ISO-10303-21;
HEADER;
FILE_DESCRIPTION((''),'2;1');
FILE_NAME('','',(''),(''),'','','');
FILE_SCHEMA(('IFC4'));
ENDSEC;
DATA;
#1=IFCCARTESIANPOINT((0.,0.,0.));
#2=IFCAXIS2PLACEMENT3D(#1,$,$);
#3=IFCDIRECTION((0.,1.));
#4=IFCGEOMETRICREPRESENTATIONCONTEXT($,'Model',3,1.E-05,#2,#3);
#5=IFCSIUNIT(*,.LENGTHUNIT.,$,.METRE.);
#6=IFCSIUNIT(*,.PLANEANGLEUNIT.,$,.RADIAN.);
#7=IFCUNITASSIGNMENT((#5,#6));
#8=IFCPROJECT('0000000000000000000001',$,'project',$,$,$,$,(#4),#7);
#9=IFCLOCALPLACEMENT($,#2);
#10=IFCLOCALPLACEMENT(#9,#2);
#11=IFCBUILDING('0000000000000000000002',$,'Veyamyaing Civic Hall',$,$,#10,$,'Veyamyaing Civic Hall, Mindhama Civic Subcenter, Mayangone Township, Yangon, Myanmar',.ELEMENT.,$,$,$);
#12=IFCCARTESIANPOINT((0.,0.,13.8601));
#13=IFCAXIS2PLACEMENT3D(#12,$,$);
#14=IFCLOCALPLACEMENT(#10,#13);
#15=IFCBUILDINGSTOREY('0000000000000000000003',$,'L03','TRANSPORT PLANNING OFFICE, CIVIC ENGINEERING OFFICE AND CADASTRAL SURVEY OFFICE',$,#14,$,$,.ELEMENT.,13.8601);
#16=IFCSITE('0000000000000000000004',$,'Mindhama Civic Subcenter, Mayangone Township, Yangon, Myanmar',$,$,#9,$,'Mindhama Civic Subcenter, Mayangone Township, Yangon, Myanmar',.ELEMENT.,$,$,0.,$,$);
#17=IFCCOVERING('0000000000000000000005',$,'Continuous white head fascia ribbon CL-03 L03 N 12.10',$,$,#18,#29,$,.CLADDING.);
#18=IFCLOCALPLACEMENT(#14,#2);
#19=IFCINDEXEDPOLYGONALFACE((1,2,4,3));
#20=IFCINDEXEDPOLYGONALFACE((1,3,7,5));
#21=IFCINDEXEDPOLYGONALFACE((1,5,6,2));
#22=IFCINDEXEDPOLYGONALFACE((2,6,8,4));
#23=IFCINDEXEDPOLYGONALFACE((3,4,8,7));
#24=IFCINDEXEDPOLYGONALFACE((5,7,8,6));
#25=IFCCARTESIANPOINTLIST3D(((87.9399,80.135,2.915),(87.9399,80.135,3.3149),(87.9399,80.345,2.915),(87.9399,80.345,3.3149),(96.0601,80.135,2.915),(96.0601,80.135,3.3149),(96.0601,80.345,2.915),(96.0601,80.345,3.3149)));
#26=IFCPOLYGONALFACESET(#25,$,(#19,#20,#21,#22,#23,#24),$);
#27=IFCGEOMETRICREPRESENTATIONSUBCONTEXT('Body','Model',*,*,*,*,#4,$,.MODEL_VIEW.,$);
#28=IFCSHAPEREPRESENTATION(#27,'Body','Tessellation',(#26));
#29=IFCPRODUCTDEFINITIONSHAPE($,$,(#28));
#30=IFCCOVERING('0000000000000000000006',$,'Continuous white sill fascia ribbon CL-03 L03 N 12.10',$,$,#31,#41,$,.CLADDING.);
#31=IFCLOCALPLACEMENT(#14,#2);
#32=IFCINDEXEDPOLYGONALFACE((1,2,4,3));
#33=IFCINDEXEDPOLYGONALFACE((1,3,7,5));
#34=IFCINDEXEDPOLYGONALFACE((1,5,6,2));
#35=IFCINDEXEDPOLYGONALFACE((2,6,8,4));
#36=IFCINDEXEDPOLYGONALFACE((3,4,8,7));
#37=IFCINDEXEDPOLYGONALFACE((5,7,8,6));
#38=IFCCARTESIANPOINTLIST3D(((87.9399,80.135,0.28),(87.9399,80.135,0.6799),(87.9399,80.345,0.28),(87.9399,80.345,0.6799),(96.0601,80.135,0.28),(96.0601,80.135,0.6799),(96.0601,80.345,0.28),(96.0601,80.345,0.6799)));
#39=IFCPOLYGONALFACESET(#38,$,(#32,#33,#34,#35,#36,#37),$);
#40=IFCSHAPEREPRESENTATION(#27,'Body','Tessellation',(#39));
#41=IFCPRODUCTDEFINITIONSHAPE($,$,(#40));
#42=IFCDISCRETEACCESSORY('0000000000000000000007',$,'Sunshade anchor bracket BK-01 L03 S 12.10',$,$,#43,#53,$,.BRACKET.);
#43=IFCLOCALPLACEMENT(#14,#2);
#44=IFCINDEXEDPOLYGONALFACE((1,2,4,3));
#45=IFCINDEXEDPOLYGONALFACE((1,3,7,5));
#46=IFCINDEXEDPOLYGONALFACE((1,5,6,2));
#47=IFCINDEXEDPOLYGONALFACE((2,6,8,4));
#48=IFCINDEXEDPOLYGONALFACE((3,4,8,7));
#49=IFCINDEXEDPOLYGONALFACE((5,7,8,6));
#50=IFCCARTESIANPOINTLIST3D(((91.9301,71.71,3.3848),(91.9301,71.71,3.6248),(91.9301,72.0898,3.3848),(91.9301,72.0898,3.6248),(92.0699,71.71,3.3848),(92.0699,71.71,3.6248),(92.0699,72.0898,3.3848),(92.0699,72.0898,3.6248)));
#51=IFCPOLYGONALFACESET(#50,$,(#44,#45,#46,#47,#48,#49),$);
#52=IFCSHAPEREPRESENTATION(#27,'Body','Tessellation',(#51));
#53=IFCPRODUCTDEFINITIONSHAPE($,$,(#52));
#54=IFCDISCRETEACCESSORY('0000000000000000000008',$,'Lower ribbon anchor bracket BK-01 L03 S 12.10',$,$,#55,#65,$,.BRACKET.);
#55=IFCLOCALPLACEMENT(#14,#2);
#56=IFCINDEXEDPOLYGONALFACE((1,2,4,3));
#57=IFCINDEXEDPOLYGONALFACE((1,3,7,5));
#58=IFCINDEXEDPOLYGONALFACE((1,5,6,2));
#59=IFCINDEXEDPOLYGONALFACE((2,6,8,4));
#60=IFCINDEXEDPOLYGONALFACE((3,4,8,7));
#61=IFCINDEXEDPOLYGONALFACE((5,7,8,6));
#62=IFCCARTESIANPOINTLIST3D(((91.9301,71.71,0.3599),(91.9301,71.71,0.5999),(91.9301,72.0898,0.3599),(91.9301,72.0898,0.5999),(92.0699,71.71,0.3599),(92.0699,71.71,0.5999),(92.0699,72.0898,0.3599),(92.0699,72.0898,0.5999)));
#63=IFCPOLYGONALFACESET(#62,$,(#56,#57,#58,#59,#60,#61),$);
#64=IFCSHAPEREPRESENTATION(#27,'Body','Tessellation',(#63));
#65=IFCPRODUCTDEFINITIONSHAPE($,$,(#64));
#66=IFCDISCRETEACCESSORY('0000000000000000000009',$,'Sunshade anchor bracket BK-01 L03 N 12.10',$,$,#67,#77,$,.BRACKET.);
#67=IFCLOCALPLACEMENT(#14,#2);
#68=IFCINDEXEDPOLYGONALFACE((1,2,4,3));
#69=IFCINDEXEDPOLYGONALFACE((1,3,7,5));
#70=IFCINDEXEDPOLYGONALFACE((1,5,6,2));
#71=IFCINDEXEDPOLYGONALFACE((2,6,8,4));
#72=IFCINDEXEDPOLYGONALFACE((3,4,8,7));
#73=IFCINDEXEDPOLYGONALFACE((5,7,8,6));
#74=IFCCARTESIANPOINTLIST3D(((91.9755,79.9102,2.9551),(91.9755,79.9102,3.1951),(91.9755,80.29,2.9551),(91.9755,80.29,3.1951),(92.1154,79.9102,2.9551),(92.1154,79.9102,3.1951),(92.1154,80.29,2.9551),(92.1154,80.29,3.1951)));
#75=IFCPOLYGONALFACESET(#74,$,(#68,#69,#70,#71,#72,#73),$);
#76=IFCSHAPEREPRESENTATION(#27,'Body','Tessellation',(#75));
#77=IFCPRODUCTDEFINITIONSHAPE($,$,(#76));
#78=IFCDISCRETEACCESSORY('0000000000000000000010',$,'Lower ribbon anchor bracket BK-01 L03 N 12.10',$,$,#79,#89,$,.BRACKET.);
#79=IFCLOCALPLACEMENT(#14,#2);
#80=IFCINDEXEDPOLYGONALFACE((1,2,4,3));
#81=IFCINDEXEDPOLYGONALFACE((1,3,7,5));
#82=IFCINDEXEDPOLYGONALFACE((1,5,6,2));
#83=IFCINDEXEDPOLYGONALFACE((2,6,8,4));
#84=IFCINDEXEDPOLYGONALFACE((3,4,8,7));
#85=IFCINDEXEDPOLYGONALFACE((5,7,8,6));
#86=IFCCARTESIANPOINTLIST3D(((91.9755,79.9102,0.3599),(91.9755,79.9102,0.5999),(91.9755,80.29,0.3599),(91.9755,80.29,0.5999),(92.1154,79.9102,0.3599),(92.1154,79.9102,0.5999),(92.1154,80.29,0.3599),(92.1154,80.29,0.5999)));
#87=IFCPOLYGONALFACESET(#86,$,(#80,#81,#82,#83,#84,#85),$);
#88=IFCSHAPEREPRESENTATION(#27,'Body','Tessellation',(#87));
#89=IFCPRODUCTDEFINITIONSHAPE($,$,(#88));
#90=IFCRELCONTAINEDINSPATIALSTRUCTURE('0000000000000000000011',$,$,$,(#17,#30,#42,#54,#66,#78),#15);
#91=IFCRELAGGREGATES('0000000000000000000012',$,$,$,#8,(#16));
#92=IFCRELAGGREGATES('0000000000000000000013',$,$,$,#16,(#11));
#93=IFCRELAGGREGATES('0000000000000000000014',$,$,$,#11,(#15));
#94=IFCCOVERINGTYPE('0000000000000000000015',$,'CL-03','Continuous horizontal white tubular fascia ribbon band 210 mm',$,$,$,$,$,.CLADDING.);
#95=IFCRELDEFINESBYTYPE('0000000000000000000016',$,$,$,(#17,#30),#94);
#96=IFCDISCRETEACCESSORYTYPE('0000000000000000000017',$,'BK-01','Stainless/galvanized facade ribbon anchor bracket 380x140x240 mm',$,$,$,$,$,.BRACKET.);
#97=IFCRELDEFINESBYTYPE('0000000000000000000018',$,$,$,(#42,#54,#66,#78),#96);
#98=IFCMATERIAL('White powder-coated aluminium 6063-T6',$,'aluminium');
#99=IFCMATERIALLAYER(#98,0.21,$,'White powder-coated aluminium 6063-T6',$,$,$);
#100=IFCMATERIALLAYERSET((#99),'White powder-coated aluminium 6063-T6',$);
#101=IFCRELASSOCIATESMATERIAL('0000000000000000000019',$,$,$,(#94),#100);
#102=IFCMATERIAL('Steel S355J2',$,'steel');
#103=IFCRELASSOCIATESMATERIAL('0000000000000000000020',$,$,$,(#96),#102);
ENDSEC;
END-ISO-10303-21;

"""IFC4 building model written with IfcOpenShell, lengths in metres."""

from ifc_helpers import new_model, si_unit, direction, frame, origin, origin_2d, place, context, subcontext, project, spatial, rectangle, extrude, material, layer, layer_set, type_object, element, save


model = new_model("IFC4")

# Units and contexts
model_context = context("Model", 3, precision=1e-05, world=origin(), true_north=direction((0.0, 1.0)))
body_context = subcontext(model_context, "Body", "Model", "MODEL_VIEW")
ifc_project = project(units=[si_unit("LENGTHUNIT", "METRE"), si_unit("PLANEANGLEUNIT", "RADIAN")], contexts=[model_context])

# Site, building, storey
site_placement = place(None, origin())
site = spatial("IfcSite", under=ifc_project, at=site_placement, Name="Mindhama Civic Subcenter, Mayangone Township, Yangon, Myanmar", LongName="Mindhama Civic Subcenter, Mayangone Township, Yangon, Myanmar", CompositionType="ELEMENT", RefElevation=0.0)
building_placement = place(site_placement, origin())
building = spatial("IfcBuilding", under=site, at=building_placement, Name="Veyamyaing Civic Hall", LongName="Veyamyaing Civic Hall, Mindhama Civic Subcenter, Mayangone Township, Yangon, Myanmar", CompositionType="ELEMENT")
storey_placement = place(building_placement, frame((0.0, 0.0, 13.8601)))
storey = spatial("IfcBuildingStorey", under=building, at=storey_placement, Name="L03", Description="TRANSPORT PLANNING OFFICE, CIVIC ENGINEERING OFFICE AND CADASTRAL SURVEY OFFICE", CompositionType="ELEMENT", Elevation=13.8601)

# Coverings
ifc_material_1 = material(Name="White powder-coated aluminium 6063-T6", Category="aluminium")
ifc_layer_1 = layer(ifc_material_1, 0.21, Name="White powder-coated aluminium 6063-T6")
ifc_layer_set_1 = layer_set([ifc_layer_1], Name="White powder-coated aluminium 6063-T6")
covering_type = type_object("IfcCoveringType", Name="CL-03", Description="Continuous horizontal white tubular fascia ribbon band 210 mm", PredefinedType="CLADDING", material=ifc_layer_set_1)
for number, where, z_axis, x_axis, name in (
    (1, (92.0, 80.24, 2.915), (0.0, 0.0, 1.0), (1.0, 0.0, 0.0), "Continuous white head fascia ribbon CL-03 L03 N 12.10"),
    (2, (92.0, 80.24, 0.28), (0.0, 0.0, 1.0), (1.0, 0.0, 0.0), "Continuous white sill fascia ribbon CL-03 L03 N 12.10"),
):
    element("IfcCovering", number, at=place(storey_placement, frame(where, z_axis=z_axis, x_axis=x_axis)), inside=storey, type_object=covering_type, Name=name, PredefinedType="CLADDING", context=body_context, shape_type="SweptSolid", body=[
        extrude(rectangle(XDim=8.1201, YDim=0.21, at=origin_2d()), origin(), (0.0, 0.0, 1.0), 0.3999),
    ])

# Discrete accessories
ifc_material_2 = material(Name="Steel S355J2", Category="steel")
discrete_accessory_type = type_object("IfcDiscreteAccessoryType", Name="BK-01", Description="Stainless/galvanized facade ribbon anchor bracket 380x140x240 mm", PredefinedType="BRACKET", material=ifc_material_2)
for number, where, z_axis, x_axis, name in (
    (3, (92.0, 71.8999, 3.3848), (0.0, 0.0, 1.0), (0.0, -1.0, 0.0), "Sunshade anchor bracket BK-01 L03 S 12.10"),
    (4, (92.0, 71.8999, 0.3599), (0.0, 0.0, 1.0), (0.0, -1.0, 0.0), "Lower ribbon anchor bracket BK-01 L03 S 12.10"),
    (5, (92.0454, 80.1001, 2.9551), (0.0, 0.0, 1.0), (0.0, 1.0, 0.0), "Sunshade anchor bracket BK-01 L03 N 12.10"),
    (6, (92.0454, 80.1001, 0.3599), (0.0, 0.0, 1.0), (0.0, 1.0, 0.0), "Lower ribbon anchor bracket BK-01 L03 N 12.10"),
):
    element("IfcDiscreteAccessory", number, at=place(storey_placement, frame(where, z_axis=z_axis, x_axis=x_axis)), inside=storey, type_object=discrete_accessory_type, Name=name, PredefinedType="BRACKET", context=body_context, shape_type="SweptSolid", body=[
        extrude(rectangle(XDim=0.3799, YDim=0.1399, at=origin_2d()), origin(), (0.0, 0.0, 1.0), 0.24),
    ])

save(model, "model.ifc")
